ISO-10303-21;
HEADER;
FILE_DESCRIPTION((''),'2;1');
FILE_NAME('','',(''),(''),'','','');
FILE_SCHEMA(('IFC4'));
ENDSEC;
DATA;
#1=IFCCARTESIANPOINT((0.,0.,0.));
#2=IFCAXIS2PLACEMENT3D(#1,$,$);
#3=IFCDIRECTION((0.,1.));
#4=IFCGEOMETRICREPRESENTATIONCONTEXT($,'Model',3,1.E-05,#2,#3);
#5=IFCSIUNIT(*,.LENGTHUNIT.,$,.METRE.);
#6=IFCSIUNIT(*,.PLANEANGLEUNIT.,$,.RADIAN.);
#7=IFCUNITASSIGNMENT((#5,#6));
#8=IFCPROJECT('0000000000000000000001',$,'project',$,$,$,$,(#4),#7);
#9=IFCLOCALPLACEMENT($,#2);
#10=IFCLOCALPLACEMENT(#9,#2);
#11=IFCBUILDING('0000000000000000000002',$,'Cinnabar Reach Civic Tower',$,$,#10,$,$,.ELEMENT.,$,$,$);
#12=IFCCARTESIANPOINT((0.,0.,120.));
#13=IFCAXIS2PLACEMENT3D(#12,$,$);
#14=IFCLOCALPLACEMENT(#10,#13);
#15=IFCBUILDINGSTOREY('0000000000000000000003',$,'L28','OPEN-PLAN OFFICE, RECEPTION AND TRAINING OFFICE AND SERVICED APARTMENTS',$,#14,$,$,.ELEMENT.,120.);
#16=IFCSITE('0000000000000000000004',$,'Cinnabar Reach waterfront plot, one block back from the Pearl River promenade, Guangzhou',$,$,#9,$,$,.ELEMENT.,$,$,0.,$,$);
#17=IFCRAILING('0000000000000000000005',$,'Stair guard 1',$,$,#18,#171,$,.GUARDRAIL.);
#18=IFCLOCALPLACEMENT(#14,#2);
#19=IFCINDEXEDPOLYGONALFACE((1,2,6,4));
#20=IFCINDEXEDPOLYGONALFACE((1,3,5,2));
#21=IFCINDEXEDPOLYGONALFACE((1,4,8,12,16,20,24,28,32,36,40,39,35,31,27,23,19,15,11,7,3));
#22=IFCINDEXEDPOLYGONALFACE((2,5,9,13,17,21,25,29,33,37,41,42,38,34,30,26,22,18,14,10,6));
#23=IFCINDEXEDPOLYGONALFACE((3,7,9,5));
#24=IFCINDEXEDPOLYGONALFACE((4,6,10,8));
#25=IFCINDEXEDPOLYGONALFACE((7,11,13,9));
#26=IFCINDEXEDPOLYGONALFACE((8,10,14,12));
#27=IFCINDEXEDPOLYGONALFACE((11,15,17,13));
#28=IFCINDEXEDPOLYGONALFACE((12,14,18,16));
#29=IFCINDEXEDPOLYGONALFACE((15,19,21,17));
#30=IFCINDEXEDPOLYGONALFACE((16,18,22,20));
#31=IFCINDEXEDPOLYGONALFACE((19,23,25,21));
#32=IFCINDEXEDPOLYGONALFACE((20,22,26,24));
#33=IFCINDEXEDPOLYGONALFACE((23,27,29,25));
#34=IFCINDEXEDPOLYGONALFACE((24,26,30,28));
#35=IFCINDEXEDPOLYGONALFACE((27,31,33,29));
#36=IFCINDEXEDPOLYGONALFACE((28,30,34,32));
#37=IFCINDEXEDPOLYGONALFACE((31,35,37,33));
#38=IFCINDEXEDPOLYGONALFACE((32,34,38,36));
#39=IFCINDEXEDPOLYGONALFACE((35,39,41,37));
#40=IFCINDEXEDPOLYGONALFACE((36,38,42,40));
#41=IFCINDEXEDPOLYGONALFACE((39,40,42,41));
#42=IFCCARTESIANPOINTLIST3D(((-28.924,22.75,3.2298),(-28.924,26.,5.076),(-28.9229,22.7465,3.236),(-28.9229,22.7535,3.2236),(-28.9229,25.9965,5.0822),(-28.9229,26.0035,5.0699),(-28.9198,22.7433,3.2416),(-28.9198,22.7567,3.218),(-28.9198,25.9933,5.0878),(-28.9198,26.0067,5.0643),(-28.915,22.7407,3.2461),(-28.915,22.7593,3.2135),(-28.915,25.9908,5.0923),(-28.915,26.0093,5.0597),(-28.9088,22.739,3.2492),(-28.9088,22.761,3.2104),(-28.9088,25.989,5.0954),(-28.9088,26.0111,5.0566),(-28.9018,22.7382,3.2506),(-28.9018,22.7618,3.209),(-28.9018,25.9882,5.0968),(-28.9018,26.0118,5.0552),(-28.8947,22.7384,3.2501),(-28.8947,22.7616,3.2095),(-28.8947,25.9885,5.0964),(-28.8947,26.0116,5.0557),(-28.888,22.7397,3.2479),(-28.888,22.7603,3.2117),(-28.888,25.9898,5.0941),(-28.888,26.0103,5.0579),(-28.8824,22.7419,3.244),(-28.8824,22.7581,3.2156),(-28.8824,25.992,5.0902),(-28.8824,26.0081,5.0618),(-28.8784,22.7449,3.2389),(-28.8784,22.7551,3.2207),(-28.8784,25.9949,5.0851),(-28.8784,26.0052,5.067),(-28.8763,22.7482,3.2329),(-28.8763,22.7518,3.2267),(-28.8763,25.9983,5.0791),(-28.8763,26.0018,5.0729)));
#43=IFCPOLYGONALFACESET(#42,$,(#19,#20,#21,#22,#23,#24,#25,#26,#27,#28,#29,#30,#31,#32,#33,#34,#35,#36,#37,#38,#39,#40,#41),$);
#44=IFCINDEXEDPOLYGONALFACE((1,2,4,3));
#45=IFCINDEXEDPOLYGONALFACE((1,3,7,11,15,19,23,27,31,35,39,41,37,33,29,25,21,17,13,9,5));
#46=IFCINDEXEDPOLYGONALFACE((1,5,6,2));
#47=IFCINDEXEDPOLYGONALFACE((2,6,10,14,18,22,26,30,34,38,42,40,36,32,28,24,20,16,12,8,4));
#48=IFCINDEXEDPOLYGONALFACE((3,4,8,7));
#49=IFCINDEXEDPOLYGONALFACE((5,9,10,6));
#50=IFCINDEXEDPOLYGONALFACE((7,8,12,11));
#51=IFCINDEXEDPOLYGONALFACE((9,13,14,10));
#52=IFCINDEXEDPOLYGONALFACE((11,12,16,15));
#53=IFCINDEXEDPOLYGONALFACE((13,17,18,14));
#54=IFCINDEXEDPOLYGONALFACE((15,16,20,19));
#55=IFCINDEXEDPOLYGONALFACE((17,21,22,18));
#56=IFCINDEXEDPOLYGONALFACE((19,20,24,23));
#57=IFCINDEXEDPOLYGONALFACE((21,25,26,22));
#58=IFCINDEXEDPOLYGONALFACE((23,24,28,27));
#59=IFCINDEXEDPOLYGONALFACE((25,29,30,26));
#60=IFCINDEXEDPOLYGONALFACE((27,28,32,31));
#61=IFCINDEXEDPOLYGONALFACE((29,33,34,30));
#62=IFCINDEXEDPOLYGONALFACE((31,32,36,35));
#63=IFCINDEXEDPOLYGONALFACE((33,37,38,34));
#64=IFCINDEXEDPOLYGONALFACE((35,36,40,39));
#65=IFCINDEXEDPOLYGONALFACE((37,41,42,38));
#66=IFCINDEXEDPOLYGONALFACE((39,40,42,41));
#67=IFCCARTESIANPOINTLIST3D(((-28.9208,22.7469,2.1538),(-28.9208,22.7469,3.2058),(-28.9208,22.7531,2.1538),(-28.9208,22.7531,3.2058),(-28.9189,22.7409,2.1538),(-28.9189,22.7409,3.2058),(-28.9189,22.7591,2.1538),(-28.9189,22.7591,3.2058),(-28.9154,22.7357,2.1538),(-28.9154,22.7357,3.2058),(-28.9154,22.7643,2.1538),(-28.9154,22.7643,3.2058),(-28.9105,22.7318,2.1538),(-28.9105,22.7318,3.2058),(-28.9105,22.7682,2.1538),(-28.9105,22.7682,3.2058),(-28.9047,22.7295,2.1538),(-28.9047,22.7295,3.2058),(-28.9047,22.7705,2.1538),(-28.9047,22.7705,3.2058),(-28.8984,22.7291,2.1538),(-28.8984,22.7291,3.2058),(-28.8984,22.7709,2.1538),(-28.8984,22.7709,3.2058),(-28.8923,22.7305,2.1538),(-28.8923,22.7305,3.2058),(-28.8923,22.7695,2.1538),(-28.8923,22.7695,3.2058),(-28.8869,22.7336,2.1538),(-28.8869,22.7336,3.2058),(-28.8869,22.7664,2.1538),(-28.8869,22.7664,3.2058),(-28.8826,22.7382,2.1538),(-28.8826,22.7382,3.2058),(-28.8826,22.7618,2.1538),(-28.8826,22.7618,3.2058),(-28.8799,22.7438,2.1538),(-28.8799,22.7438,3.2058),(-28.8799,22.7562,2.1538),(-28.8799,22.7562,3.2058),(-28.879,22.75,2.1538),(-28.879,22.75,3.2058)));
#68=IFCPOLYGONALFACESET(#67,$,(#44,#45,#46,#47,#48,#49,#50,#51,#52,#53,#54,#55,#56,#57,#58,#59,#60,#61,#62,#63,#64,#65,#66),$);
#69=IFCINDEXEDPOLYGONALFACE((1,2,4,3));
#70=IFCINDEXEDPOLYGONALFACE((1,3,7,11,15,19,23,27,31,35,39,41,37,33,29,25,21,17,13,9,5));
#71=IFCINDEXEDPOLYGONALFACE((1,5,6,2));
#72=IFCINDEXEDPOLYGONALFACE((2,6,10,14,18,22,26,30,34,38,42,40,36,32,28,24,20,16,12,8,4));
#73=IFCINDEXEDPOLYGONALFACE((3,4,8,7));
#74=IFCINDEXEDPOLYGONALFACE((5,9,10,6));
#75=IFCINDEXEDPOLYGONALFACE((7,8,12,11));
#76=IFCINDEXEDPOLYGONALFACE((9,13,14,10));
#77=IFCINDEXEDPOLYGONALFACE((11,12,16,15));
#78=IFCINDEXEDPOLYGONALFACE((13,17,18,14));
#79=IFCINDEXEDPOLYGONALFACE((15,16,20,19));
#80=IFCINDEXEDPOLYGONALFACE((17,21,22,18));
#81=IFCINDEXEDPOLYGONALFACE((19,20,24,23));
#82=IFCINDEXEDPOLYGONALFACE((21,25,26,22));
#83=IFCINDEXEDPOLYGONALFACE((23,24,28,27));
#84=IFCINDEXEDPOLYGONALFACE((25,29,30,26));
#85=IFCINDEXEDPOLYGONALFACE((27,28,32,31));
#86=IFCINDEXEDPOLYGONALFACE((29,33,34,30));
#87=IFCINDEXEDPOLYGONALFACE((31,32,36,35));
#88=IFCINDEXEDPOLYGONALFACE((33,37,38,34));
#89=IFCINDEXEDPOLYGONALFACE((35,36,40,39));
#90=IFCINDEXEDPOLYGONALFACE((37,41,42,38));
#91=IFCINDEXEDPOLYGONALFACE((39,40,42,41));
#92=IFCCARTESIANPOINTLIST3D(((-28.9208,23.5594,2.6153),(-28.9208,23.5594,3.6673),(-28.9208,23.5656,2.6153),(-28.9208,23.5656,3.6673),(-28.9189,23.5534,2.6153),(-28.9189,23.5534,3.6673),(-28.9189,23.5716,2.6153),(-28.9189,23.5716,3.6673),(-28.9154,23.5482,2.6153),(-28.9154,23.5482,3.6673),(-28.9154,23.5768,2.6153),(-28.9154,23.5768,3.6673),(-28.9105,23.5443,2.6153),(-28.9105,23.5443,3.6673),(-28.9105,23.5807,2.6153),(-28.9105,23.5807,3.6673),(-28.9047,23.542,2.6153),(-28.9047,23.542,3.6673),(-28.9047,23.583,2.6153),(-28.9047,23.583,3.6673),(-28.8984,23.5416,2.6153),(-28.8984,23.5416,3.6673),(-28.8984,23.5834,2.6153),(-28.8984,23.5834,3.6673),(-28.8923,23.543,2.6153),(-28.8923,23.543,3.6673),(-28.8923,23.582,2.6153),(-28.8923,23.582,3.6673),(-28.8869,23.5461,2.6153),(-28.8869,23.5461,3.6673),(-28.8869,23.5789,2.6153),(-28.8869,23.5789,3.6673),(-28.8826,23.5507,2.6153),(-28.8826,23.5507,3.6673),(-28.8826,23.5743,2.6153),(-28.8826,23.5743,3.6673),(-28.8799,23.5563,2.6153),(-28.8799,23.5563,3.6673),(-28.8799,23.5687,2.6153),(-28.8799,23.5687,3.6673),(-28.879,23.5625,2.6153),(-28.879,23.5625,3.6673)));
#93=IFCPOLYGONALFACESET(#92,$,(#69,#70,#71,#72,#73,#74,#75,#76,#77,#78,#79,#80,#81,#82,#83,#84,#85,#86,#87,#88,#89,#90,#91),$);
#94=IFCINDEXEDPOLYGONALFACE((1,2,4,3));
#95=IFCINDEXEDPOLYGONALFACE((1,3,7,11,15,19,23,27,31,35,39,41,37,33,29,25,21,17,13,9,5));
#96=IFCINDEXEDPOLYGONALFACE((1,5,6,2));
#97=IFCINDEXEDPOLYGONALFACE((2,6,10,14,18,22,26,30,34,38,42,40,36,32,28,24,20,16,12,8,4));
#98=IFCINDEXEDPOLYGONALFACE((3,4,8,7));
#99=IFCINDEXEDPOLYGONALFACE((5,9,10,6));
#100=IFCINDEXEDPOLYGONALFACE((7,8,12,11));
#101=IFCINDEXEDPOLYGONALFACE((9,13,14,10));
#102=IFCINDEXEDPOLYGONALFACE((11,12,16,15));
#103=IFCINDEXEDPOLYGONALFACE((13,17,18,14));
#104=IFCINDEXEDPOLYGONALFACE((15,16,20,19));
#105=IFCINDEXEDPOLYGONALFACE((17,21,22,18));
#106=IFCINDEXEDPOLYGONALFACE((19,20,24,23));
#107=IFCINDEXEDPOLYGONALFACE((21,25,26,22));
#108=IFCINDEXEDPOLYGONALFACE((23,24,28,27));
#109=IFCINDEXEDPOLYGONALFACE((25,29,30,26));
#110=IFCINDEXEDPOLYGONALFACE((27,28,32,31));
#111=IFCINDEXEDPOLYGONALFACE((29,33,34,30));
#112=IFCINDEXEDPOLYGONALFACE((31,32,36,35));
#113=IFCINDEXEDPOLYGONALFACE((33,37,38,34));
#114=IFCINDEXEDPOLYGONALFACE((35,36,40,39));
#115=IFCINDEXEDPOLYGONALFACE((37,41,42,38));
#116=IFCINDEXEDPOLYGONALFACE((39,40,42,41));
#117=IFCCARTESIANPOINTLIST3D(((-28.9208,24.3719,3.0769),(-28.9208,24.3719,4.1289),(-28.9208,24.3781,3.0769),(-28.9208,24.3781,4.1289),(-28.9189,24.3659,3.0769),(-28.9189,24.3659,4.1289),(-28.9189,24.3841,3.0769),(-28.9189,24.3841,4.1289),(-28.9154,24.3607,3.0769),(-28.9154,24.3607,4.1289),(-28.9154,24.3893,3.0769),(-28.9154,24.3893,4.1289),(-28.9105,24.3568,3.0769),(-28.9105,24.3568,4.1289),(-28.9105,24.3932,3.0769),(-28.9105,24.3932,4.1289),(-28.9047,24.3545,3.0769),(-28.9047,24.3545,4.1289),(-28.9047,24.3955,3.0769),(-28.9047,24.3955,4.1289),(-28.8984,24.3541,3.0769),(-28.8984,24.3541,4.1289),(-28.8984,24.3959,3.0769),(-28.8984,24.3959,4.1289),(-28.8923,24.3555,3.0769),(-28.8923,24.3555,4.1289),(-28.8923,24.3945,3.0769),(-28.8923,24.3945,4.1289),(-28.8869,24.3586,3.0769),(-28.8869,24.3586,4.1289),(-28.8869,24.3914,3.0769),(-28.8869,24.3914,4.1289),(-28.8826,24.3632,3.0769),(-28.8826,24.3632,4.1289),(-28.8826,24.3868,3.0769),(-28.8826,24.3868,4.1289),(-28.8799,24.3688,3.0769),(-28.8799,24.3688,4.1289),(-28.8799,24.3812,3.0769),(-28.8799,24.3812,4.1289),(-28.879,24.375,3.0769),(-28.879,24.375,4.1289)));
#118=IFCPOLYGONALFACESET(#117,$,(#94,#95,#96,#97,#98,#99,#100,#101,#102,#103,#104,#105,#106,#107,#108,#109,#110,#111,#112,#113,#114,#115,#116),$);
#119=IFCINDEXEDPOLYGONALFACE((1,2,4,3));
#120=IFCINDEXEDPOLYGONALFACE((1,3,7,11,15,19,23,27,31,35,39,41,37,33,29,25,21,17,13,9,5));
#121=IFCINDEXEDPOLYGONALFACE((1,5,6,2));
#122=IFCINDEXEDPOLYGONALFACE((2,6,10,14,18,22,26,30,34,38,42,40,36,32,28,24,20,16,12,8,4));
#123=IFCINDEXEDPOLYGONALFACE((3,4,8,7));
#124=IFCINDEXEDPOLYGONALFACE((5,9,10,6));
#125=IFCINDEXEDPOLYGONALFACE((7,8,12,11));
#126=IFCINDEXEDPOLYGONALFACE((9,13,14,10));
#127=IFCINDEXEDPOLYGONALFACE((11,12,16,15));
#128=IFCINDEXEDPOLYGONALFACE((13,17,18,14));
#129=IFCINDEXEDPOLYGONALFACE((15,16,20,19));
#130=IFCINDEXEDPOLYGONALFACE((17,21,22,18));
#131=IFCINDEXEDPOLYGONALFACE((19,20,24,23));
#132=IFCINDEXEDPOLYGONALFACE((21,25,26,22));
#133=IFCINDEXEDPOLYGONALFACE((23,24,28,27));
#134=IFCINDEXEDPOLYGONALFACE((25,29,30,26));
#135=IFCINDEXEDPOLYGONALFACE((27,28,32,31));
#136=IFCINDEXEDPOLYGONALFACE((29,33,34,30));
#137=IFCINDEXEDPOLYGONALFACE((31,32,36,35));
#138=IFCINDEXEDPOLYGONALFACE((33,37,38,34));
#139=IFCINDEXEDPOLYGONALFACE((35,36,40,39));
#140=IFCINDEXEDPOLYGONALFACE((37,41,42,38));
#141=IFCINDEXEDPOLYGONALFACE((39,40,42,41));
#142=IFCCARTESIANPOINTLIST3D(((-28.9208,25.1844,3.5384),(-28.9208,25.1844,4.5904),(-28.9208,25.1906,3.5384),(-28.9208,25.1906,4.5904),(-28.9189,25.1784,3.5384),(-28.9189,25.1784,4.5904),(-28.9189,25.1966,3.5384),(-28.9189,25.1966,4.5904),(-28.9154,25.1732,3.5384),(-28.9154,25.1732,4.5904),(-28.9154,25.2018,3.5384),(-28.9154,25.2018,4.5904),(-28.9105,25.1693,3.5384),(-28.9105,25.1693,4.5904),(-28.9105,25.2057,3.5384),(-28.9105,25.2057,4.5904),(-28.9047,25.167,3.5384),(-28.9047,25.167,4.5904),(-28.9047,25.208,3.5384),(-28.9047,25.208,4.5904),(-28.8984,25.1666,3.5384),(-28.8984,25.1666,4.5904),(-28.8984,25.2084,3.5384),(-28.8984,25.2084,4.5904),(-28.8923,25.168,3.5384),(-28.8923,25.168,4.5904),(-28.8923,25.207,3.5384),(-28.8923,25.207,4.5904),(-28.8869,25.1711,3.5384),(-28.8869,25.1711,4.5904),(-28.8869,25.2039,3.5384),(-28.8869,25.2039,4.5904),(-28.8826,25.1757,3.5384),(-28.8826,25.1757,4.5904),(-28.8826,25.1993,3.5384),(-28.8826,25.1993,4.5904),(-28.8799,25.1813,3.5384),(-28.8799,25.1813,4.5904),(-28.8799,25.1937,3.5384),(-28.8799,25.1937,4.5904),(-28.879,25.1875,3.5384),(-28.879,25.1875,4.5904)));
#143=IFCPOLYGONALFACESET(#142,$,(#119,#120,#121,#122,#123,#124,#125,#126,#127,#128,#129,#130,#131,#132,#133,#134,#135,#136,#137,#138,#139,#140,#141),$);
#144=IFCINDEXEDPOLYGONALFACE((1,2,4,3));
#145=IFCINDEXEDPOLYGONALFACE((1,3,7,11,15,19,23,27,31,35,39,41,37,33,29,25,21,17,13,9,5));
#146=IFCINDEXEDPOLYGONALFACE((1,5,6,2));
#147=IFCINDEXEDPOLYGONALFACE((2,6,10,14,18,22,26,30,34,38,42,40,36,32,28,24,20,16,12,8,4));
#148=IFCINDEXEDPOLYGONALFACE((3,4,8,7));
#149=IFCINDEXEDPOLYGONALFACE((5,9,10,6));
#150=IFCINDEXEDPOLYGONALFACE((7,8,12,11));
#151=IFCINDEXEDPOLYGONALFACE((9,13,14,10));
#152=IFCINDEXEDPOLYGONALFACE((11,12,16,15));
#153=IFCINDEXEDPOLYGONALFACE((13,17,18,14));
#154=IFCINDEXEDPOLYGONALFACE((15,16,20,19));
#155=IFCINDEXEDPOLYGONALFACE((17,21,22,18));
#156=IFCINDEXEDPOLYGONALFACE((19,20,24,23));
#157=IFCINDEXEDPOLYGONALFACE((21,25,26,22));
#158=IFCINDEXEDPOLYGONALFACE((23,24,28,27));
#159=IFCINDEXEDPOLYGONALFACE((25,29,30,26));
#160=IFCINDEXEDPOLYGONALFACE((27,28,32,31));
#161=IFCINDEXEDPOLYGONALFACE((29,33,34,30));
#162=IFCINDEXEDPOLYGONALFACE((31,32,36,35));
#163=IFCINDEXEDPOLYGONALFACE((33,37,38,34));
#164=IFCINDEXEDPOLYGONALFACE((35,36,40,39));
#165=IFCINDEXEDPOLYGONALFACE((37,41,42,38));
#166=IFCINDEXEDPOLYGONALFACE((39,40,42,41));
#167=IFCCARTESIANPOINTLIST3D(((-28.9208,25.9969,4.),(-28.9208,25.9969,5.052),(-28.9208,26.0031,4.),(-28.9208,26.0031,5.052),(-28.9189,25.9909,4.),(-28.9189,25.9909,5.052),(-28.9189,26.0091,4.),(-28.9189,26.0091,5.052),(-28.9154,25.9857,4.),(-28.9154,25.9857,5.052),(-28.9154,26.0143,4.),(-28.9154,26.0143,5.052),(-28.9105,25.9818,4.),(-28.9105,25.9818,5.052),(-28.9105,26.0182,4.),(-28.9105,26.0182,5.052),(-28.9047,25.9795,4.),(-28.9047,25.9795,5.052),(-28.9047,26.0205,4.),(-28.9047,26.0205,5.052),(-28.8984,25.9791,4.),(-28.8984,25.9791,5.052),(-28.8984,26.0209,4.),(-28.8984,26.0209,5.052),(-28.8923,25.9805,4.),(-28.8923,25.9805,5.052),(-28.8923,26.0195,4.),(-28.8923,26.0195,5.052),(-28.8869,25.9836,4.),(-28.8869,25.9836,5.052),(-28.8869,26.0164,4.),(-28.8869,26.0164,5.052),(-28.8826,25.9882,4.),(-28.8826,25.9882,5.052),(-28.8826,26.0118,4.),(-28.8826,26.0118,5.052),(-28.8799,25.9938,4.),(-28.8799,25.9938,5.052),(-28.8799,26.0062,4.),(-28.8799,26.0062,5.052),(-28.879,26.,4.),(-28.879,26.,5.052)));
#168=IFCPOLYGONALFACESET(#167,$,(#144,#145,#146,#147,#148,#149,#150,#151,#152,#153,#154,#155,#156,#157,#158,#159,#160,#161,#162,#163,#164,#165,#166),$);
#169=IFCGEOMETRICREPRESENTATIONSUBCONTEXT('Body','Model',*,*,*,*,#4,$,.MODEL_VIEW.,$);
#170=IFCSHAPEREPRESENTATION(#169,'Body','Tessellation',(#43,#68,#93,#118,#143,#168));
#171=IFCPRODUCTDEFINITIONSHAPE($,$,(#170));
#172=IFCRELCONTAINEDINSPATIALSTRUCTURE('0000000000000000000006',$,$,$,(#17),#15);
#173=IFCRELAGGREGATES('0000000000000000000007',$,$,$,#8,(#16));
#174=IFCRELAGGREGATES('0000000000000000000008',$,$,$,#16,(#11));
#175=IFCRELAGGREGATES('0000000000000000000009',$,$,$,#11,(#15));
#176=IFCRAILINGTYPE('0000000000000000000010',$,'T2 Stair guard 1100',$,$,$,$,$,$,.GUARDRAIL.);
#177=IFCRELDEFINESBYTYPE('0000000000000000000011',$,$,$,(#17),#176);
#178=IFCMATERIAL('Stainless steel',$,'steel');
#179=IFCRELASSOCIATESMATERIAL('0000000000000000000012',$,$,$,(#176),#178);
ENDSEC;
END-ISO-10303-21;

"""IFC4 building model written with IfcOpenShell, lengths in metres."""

from ifc_helpers import new_model, si_unit, direction, frame, origin, origin_2d, place, context, subcontext, project, spatial, circle, extrude, material, type_object, element, save


model = new_model("IFC4")

# Units and contexts
model_context = context("Model", 3, precision=1e-05, world=origin(), true_north=direction((0.0, 1.0)))
body_context = subcontext(model_context, "Body", "Model", "MODEL_VIEW")
ifc_project = project(units=[si_unit("LENGTHUNIT", "METRE"), si_unit("PLANEANGLEUNIT", "RADIAN")], contexts=[model_context])

# Site, building, storey
site_placement = place(None, origin())
site = spatial("IfcSite", under=ifc_project, at=site_placement, Name="Cinnabar Reach waterfront plot, one block back from the Pearl River promenade, Guangzhou", CompositionType="ELEMENT", RefElevation=0.0)
building_placement = place(site_placement, origin())
building = spatial("IfcBuilding", under=site, at=building_placement, Name="Cinnabar Reach Civic Tower", CompositionType="ELEMENT")
storey_placement = place(building_placement, frame((0.0, 0.0, 120.0)))
storey = spatial("IfcBuildingStorey", under=building, at=storey_placement, Name="L28", Description="OPEN-PLAN OFFICE, RECEPTION AND TRAINING OFFICE AND SERVICED APARTMENTS", CompositionType="ELEMENT", Elevation=120.0)

# Railing
ifc_material_1 = material(Name="Stainless steel", Category="steel")
railing_type = type_object("IfcRailingType", Name="T2 Stair guard 1100", PredefinedType="GUARDRAIL", material=ifc_material_1)
railing_1_placement = place(storey_placement, frame((-28.9, 22.75, 2.1538)))
element("IfcRailing", 1, at=railing_1_placement, inside=storey, type_object=railing_type, Name="Stair guard 1", PredefinedType="GUARDRAIL", context=body_context, shape_type="SweptSolid", body=[
    extrude(circle(Radius=0.024, at=origin_2d()), frame((0.0, 0.0, 1.076), z_axis=(0.0, 0.869501, 0.49393), x_axis=(-1.0, 0.0, 0.0)), (0.0, 0.0, 1.0), 3.7378),
    extrude(circle(Radius=0.021, at=origin_2d()), origin(), (0.0, 0.0, 1.0), 1.052),
    extrude(circle(Radius=0.021, at=origin_2d()), frame((0.0, 0.8125, 0.4615)), (0.0, 0.0, 1.0), 1.052),
    extrude(circle(Radius=0.021, at=origin_2d()), frame((0.0, 1.625, 0.9231)), (0.0, 0.0, 1.0), 1.052),
    extrude(circle(Radius=0.021, at=origin_2d()), frame((0.0, 2.4375, 1.3846)), (0.0, 0.0, 1.0), 1.052),
    extrude(circle(Radius=0.021, at=origin_2d()), frame((0.0, 3.25, 1.8462)), (0.0, 0.0, 1.0), 1.052),
])

save(model, "model.ifc")
